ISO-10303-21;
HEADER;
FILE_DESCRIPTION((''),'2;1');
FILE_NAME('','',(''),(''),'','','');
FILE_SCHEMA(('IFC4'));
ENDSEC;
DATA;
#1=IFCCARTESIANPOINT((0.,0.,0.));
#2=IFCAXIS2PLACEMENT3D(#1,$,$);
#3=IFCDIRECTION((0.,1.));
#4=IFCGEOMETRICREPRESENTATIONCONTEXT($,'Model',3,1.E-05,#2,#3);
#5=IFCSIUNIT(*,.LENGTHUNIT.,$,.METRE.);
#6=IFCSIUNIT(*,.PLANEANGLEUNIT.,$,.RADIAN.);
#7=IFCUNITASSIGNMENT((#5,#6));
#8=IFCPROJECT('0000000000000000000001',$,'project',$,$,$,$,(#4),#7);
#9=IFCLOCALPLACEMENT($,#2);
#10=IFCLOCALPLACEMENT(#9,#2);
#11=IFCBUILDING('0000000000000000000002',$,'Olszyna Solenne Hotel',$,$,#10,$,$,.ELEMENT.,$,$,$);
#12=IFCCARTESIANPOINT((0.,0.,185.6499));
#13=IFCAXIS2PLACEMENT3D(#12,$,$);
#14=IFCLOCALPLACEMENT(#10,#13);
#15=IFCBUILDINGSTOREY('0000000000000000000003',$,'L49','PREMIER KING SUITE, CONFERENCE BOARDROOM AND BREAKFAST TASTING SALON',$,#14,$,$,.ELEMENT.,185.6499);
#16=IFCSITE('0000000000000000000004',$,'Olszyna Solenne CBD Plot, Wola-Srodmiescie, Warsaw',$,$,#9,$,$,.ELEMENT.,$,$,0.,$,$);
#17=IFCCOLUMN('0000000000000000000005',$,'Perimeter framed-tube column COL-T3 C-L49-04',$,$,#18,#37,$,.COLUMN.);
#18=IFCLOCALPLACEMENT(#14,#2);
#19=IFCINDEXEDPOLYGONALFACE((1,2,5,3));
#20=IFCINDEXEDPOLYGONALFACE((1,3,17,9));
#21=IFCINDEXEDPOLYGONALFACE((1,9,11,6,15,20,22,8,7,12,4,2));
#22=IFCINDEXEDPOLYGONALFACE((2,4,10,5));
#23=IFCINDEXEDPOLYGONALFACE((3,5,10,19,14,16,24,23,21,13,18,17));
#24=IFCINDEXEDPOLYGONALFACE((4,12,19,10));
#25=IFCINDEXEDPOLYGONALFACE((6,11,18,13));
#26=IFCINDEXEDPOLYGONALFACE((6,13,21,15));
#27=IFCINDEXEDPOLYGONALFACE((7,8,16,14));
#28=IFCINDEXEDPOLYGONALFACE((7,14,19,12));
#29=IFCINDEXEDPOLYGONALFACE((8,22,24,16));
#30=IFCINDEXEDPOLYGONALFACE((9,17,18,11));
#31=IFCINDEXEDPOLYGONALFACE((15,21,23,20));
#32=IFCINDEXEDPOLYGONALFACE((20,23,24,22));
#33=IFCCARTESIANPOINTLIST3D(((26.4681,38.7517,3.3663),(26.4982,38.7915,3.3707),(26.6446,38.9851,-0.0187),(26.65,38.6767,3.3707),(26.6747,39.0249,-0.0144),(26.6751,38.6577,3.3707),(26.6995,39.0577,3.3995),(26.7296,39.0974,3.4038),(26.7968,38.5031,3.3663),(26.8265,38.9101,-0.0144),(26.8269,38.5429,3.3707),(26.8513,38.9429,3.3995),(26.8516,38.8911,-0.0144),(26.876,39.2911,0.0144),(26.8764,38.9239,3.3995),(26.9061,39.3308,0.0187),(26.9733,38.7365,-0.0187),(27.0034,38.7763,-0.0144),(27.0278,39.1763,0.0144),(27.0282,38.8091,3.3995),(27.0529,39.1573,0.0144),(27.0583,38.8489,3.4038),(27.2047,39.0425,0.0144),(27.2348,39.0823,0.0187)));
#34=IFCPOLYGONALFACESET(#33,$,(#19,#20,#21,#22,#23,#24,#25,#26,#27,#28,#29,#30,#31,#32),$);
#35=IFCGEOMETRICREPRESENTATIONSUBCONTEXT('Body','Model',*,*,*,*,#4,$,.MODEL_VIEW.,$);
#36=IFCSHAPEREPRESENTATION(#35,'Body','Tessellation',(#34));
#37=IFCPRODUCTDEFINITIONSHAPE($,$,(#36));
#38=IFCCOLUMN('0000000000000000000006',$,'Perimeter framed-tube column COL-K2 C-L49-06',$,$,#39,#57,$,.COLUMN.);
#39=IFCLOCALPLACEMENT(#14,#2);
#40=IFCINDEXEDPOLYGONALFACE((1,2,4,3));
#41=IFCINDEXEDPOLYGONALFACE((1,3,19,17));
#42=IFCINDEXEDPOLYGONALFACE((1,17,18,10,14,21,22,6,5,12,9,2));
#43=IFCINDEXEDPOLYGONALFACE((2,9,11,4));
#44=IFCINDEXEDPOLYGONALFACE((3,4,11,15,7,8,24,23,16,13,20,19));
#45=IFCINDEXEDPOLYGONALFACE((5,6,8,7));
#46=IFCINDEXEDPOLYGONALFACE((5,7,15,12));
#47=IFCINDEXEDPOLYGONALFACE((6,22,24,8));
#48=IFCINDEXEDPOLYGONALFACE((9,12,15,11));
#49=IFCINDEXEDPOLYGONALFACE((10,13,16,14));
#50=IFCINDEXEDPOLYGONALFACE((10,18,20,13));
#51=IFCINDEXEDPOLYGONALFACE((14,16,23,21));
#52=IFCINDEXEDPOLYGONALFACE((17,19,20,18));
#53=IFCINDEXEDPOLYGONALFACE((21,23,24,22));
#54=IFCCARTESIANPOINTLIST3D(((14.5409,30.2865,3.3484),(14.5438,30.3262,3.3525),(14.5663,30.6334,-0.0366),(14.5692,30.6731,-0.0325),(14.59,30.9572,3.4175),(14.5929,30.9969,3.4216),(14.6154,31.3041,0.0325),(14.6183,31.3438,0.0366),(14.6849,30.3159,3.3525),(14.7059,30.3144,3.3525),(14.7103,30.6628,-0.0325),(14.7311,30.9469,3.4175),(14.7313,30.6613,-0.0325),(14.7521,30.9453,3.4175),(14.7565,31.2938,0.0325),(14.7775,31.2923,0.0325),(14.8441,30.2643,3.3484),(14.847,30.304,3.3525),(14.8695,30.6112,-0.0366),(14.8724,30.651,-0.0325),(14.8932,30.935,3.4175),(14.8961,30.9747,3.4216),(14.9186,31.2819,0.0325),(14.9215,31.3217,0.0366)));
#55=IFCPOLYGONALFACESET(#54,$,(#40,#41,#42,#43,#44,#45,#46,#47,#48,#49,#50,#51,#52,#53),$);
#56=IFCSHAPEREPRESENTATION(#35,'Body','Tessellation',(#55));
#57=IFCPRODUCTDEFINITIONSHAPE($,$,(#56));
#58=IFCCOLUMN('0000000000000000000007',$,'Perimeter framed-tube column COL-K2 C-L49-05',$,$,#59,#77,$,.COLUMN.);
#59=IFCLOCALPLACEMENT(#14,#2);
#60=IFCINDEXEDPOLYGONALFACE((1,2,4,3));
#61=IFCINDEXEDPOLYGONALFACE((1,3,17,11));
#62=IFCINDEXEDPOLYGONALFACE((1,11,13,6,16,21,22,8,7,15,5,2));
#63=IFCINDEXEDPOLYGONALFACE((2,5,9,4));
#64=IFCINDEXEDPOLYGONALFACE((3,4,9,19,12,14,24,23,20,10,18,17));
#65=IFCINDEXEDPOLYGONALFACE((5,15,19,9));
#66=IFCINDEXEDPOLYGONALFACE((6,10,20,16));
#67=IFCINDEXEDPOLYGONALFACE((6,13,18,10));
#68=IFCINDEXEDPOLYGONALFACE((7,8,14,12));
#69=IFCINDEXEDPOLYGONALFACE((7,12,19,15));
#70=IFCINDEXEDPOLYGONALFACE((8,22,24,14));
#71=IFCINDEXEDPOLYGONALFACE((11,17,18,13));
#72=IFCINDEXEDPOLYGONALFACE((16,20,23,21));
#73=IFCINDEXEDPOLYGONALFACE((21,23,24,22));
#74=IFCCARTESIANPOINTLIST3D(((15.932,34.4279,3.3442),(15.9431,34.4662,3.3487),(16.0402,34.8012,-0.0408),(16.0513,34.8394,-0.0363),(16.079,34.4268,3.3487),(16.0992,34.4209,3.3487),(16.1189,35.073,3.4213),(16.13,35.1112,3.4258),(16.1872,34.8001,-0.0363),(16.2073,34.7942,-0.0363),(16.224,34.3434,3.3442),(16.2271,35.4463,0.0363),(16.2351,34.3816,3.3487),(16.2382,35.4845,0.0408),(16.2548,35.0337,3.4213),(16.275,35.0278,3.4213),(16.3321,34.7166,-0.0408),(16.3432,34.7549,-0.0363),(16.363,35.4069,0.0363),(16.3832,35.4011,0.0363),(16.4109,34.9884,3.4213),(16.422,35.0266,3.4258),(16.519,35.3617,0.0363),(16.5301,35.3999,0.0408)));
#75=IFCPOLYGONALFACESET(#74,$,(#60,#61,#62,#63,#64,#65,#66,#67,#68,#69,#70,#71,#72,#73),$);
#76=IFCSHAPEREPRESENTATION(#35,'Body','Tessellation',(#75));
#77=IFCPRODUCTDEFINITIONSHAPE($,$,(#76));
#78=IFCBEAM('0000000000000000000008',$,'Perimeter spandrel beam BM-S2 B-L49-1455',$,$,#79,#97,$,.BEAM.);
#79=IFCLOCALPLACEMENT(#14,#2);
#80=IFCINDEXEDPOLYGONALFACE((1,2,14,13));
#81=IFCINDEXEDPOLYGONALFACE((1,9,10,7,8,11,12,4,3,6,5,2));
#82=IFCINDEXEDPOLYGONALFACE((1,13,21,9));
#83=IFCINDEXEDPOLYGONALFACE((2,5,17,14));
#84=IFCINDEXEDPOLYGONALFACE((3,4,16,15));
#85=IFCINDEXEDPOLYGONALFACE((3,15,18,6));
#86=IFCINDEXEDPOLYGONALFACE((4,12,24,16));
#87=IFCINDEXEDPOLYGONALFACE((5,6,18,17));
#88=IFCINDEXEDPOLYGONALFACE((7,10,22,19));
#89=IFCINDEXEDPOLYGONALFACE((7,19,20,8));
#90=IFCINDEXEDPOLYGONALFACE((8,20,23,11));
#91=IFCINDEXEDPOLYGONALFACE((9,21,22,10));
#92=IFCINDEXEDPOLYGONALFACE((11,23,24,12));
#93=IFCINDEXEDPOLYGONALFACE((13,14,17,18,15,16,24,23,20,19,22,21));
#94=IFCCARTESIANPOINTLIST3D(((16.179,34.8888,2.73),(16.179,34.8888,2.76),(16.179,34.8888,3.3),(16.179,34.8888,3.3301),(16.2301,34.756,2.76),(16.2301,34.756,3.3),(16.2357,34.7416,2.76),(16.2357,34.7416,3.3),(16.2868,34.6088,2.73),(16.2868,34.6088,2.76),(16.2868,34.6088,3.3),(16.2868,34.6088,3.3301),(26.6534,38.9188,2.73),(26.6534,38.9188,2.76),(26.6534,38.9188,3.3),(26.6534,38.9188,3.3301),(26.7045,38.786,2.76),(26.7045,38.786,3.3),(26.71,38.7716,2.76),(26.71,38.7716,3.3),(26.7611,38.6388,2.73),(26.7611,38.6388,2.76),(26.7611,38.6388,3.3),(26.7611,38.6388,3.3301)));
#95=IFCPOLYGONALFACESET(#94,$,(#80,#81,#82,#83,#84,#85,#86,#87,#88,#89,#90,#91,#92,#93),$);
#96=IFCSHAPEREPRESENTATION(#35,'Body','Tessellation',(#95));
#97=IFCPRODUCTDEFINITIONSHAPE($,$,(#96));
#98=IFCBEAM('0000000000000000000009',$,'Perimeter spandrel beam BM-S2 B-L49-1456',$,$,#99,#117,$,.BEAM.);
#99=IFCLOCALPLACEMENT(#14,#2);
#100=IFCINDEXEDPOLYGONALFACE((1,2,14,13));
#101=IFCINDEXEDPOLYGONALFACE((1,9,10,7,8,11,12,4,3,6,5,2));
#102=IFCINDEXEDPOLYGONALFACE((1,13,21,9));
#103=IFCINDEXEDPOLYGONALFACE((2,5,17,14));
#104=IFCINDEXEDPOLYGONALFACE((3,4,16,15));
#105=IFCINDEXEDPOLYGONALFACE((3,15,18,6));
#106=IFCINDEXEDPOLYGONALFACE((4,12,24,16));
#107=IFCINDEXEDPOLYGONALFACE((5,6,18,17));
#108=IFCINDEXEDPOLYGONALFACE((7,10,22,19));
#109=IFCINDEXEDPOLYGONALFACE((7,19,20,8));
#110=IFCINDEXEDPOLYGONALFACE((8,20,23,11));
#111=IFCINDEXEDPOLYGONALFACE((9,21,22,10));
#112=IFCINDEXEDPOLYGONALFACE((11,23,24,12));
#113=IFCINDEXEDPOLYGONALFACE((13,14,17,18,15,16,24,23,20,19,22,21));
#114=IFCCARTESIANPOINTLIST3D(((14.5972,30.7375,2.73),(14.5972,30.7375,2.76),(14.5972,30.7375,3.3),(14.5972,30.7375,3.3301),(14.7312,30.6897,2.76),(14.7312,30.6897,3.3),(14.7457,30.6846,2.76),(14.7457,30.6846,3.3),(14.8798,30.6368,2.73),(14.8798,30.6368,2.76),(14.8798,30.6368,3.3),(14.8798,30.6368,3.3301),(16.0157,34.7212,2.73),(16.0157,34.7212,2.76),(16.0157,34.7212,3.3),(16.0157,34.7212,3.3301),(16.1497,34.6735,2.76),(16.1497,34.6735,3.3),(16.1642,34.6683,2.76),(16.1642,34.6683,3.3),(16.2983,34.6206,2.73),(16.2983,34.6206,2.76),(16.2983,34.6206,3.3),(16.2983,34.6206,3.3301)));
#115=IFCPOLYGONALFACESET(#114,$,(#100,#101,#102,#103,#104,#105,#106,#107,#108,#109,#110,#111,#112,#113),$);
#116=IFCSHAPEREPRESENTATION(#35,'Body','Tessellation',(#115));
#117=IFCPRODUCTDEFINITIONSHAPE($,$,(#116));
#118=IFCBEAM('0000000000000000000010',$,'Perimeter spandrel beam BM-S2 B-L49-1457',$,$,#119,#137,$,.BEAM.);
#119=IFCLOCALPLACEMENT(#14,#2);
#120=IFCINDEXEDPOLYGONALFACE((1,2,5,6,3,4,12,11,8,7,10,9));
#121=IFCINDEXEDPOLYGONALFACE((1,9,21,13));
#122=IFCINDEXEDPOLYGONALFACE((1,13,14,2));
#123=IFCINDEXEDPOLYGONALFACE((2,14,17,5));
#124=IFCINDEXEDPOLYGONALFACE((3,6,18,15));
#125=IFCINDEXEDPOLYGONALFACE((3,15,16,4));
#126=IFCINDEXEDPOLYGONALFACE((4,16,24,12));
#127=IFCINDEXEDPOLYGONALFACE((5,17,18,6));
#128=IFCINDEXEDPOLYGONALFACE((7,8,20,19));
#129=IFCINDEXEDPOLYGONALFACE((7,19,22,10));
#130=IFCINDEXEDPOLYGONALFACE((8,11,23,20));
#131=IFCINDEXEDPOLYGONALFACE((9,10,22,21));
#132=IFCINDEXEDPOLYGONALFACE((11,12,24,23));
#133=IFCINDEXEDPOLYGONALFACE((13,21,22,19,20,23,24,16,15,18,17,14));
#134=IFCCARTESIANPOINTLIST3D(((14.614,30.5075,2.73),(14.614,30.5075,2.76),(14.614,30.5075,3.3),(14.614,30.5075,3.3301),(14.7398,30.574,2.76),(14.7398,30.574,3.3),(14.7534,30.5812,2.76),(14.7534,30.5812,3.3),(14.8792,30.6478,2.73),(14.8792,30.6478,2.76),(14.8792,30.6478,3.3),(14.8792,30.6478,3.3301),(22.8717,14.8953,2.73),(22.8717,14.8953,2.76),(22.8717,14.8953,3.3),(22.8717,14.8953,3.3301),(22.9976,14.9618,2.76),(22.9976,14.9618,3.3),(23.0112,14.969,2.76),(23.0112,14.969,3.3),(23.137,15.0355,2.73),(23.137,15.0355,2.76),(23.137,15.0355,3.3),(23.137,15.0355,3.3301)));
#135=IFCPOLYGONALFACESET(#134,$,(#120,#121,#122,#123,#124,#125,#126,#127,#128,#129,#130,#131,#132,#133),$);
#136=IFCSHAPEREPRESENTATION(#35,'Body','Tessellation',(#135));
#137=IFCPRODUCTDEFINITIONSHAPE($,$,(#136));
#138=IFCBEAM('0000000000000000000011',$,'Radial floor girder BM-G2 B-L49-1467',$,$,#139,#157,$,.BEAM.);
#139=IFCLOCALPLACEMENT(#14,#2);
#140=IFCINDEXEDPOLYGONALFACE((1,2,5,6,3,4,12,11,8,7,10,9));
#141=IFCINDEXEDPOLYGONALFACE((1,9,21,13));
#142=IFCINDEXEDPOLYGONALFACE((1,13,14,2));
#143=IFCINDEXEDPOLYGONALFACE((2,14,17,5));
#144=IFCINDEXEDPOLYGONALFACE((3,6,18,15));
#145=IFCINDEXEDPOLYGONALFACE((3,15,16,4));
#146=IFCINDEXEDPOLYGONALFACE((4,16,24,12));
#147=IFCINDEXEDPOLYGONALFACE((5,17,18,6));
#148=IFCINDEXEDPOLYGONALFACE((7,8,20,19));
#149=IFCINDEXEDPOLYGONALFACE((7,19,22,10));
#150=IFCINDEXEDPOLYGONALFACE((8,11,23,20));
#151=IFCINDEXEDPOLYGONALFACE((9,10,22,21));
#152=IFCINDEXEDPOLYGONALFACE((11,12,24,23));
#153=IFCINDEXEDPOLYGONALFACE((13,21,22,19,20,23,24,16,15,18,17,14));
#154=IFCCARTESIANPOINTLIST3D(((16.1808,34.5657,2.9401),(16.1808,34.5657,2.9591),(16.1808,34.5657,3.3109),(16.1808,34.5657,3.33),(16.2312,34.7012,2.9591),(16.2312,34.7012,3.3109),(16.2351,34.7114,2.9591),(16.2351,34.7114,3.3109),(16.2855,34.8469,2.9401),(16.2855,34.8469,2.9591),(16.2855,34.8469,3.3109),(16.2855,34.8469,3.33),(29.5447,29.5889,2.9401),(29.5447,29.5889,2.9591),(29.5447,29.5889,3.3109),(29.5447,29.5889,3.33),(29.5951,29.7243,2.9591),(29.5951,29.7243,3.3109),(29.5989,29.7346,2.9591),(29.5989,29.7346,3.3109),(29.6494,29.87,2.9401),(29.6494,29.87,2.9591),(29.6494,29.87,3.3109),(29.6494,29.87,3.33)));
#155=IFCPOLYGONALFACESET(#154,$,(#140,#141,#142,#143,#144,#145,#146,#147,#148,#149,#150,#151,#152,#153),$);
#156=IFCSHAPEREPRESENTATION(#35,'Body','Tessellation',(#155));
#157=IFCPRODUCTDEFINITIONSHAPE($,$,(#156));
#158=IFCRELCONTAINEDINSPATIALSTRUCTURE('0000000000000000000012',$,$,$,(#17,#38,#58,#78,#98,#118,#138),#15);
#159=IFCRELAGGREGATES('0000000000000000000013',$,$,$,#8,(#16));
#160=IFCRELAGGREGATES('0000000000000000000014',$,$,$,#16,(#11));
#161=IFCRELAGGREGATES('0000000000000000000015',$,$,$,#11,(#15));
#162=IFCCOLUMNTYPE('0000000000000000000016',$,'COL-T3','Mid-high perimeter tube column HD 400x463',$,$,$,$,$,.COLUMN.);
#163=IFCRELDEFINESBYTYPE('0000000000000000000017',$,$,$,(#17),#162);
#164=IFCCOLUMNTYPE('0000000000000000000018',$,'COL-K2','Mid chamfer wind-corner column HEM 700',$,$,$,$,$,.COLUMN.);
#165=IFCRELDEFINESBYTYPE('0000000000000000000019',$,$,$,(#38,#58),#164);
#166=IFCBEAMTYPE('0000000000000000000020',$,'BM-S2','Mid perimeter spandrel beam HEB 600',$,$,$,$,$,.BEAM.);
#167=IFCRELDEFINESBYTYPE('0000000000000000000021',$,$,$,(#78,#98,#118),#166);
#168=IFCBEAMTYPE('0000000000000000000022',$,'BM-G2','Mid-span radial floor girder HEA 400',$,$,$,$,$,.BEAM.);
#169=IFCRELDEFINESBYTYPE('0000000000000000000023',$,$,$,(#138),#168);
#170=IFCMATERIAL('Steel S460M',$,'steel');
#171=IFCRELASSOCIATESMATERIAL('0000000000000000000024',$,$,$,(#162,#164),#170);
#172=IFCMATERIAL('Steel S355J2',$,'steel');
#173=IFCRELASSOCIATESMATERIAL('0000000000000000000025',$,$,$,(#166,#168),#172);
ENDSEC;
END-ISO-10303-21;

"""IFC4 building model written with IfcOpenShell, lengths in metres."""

from ifc_helpers import new_model, si_unit, direction, frame, origin, origin_2d, place, context, subcontext, project, spatial, i_section, extrude, source, transform, mapped, material, material_profile, profile_set, type_object, element, save


model = new_model("IFC4")

# Units and contexts
model_context = context("Model", 3, precision=1e-05, world=origin(), true_north=direction((0.0, 1.0)))
body_context = subcontext(model_context, "Body", "Model", "MODEL_VIEW")
ifc_project = project(units=[si_unit("LENGTHUNIT", "METRE"), si_unit("PLANEANGLEUNIT", "RADIAN")], contexts=[model_context])

# Site, building, storey
site_placement = place(None, origin())
site = spatial("IfcSite", under=ifc_project, at=site_placement, Name="Olszyna Solenne CBD Plot, Wola-Srodmiescie, Warsaw", CompositionType="ELEMENT", RefElevation=0.0)
building_placement = place(site_placement, origin())
building = spatial("IfcBuilding", under=site, at=building_placement, Name="Olszyna Solenne Hotel", CompositionType="ELEMENT")
storey_placement = place(building_placement, frame((0.0, 0.0, 185.6499)))
storey = spatial("IfcBuildingStorey", under=building, at=storey_placement, Name="L49", Description="PREMIER KING SUITE, CONFERENCE BOARDROOM AND BREAKFAST TASTING SALON", CompositionType="ELEMENT", Elevation=185.6499)

# Columns
ifc_material_1 = material(Name="Steel S460M", Category="steel")
ifc_material_profile_1 = material_profile(ifc_material_1, i_section(OverallWidth=0.4121, OverallDepth=0.4351, WebThickness=0.0315, FlangeThickness=0.05, at=origin_2d()), Name="HD 400x463", Category="load-bearing")
ifc_profile_set_1 = profile_set([ifc_material_profile_1], Name="Steel S460M")
column_type_1 = type_object("IfcColumnType", Name="COL-T3", Description="Mid-high perimeter tube column HD 400x463", PredefinedType="COLUMN", material=ifc_profile_set_1)
shared_shape_1 = source(origin(), body_context, "Body", "SweptSolid", [
    extrude(i_section(OverallWidth=0.4121, OverallDepth=0.4351, WebThickness=0.0315, FlangeThickness=0.05, at=origin_2d()), origin(), (0.0, 0.0, 1.0), 3.3977),
])
column_1_placement = place(storey_placement, frame((26.9397, 39.0337, 0.0), z_axis=(-0.051952, -0.068694, 0.996284), x_axis=(0.797591, -0.603199, 0.0)))
element("IfcColumn", 1, at=column_1_placement, inside=storey, type_object=column_type_1, Name="Perimeter framed-tube column COL-T3 C-L49-04", PredefinedType="COLUMN", context=body_context, shape_type="MappedRepresentation", body=[
    mapped(shared_shape_1, transform((0.0, 0.0, 0.0), x_axis=(1.0, 0.0, 0.0), y_axis=(0.0, 1.0, 0.0), z_axis=(0.0, 0.0, 1.0), scale=1.0)),
])
ifc_material_profile_2 = material_profile(ifc_material_1, i_section(OverallWidth=0.304, OverallDepth=0.7161, WebThickness=0.021, FlangeThickness=0.04, at=origin_2d()), Name="HEM 700", Category="load-bearing")
ifc_profile_set_2 = profile_set([ifc_material_profile_2], Name="Steel S460M")
column_type_2 = type_object("IfcColumnType", Name="COL-K2", Description="Mid chamfer wind-corner column HEM 700", PredefinedType="COLUMN", material=ifc_profile_set_2)
shared_shape_2 = source(origin(), body_context, "Body", "SweptSolid", [
    extrude(i_section(OverallWidth=0.304, OverallDepth=0.7161, WebThickness=0.021, FlangeThickness=0.04, at=origin_2d()), origin(), (0.0, 0.0, 1.0), 3.4028),
])
column_2_placement = place(storey_placement, frame((14.7439, 30.9775, 0.0), z_axis=(-0.007462, -0.101951, 0.994761), x_axis=(0.997332, -0.072993, 0.0)))
element("IfcColumn", 2, at=column_2_placement, inside=storey, type_object=column_type_2, Name="Perimeter framed-tube column COL-K2 C-L49-06", PredefinedType="COLUMN", context=body_context, shape_type="MappedRepresentation", body=[
    mapped(shared_shape_2, transform((0.0, 0.0, 0.0), x_axis=(1.0, 0.0, 0.0), y_axis=(0.0, 1.0, 0.0), z_axis=(0.0, 0.0, 1.0), scale=1.0)),
])
shared_shape_3 = source(origin(), body_context, "Body", "SweptSolid", [
    extrude(i_section(OverallWidth=0.304, OverallDepth=0.7161, WebThickness=0.021, FlangeThickness=0.04, at=origin_2d()), origin(), (0.0, 0.0, 1.0), 3.4072),
])
column_3_placement = place(storey_placement, frame((16.2852, 35.1006, 0.0), z_axis=(-0.031742, -0.109558, 0.993473), x_axis=(0.960498, -0.278287, 0.0)))
element("IfcColumn", 3, at=column_3_placement, inside=storey, type_object=column_type_2, Name="Perimeter framed-tube column COL-K2 C-L49-05", PredefinedType="COLUMN", context=body_context, shape_type="MappedRepresentation", body=[
    mapped(shared_shape_3, transform((0.0, 0.0, 0.0), x_axis=(1.0, 0.0, 0.0), y_axis=(0.0, 1.0, 0.0), z_axis=(0.0, 0.0, 1.0), scale=1.0)),
])

# Beams
ifc_material_2 = material(Name="Steel S355J2", Category="steel")
ifc_material_profile_3 = material_profile(ifc_material_2, i_section(OverallWidth=0.3, OverallDepth=0.6001, WebThickness=0.0154, FlangeThickness=0.03, at=origin_2d()), Name="HEB 600", Category="load-bearing")
ifc_profile_set_3 = profile_set([ifc_material_profile_3], Name="Steel S355J2")
beam_type_1 = type_object("IfcBeamType", Name="BM-S2", Description="Mid perimeter spandrel beam HEB 600", PredefinedType="BEAM", material=ifc_profile_set_3)
shared_shape_4 = source(origin(), body_context, "Body", "SweptSolid", [
    extrude(i_section(OverallWidth=0.3, OverallDepth=0.6001, WebThickness=0.0154, FlangeThickness=0.03, at=origin_2d()), origin(), (0.0, 0.0, 1.0), 11.2229),
])
beam_1_placement = place(storey_placement, frame((26.7073, 38.7788, 3.03), z_axis=(-0.933303, -0.35909, 0.0), x_axis=(0.35909, -0.933303, 0.0)))
element("IfcBeam", 4, at=beam_1_placement, inside=storey, type_object=beam_type_1, Name="Perimeter spandrel beam BM-S2 B-L49-1455", PredefinedType="BEAM", context=body_context, shape_type="MappedRepresentation", body=[
    mapped(shared_shape_4, transform((0.0, 0.0, 0.0), x_axis=(1.0, 0.0, 0.0), y_axis=(0.0, 1.0, 0.0), z_axis=(0.0, 0.0, 1.0), scale=1.0)),
])
shared_shape_5 = source(origin(), body_context, "Body", "SweptSolid", [
    extrude(i_section(OverallWidth=0.3, OverallDepth=0.6001, WebThickness=0.0154, FlangeThickness=0.03, at=origin_2d()), origin(), (0.0, 0.0, 1.0), 4.2288),
])
beam_2_placement = place(storey_placement, frame((16.157, 34.6709, 3.03), z_axis=(-0.33544, -0.942062, 0.0), x_axis=(0.942062, -0.33544, 0.0)))
element("IfcBeam", 5, at=beam_2_placement, inside=storey, type_object=beam_type_1, Name="Perimeter spandrel beam BM-S2 B-L49-1456", PredefinedType="BEAM", context=body_context, shape_type="MappedRepresentation", body=[
    mapped(shared_shape_5, transform((0.0, 0.0, 0.0), x_axis=(1.0, 0.0, 0.0), y_axis=(0.0, 1.0, 0.0), z_axis=(0.0, 0.0, 1.0), scale=1.0)),
])
shared_shape_6 = source(origin(), body_context, "Body", "SweptSolid", [
    extrude(i_section(OverallWidth=0.3, OverallDepth=0.6001, WebThickness=0.0154, FlangeThickness=0.03, at=origin_2d()), origin(), (0.0, 0.0, 1.0), 17.6616),
])
beam_3_placement = place(storey_placement, frame((14.7466, 30.5776, 3.03), z_axis=(0.467555, -0.883964, 0.0), x_axis=(0.883964, 0.467555, 0.0)))
element("IfcBeam", 6, at=beam_3_placement, inside=storey, type_object=beam_type_1, Name="Perimeter spandrel beam BM-S2 B-L49-1457", PredefinedType="BEAM", context=body_context, shape_type="MappedRepresentation", body=[
    mapped(shared_shape_6, transform((0.0, 0.0, 0.0), x_axis=(1.0, 0.0, 0.0), y_axis=(0.0, 1.0, 0.0), z_axis=(0.0, 0.0, 1.0), scale=1.0)),
])
ifc_material_profile_4 = material_profile(ifc_material_2, i_section(OverallWidth=0.3, OverallDepth=0.3899, WebThickness=0.011, FlangeThickness=0.019, at=origin_2d()), Name="HEA 400", Category="load-bearing")
ifc_profile_set_4 = profile_set([ifc_material_profile_4], Name="Steel S355J2")
beam_type_2 = type_object("IfcBeamType", Name="BM-G2", Description="Mid-span radial floor girder HEA 400", PredefinedType="BEAM", material=ifc_profile_set_4)
shared_shape_7 = source(origin(), body_context, "Body", "SweptSolid", [
    extrude(i_section(OverallWidth=0.3, OverallDepth=0.3899, WebThickness=0.011, FlangeThickness=0.019, at=origin_2d()), origin(), (0.0, 0.0, 1.0), 14.2605),
])
beam_4_placement = place(storey_placement, frame((16.2332, 34.7063, 3.135), z_axis=(0.937125, -0.348995, 0.0), x_axis=(0.348995, 0.937125, 0.0)))
element("IfcBeam", 7, at=beam_4_placement, inside=storey, type_object=beam_type_2, Name="Radial floor girder BM-G2 B-L49-1467", PredefinedType="BEAM", context=body_context, shape_type="MappedRepresentation", body=[
    mapped(shared_shape_7, transform((0.0, 0.0, 0.0), x_axis=(1.0, 0.0, 0.0), y_axis=(0.0, 1.0, 0.0), z_axis=(0.0, 0.0, 1.0), scale=1.0)),
])

save(model, "model.ifc")
